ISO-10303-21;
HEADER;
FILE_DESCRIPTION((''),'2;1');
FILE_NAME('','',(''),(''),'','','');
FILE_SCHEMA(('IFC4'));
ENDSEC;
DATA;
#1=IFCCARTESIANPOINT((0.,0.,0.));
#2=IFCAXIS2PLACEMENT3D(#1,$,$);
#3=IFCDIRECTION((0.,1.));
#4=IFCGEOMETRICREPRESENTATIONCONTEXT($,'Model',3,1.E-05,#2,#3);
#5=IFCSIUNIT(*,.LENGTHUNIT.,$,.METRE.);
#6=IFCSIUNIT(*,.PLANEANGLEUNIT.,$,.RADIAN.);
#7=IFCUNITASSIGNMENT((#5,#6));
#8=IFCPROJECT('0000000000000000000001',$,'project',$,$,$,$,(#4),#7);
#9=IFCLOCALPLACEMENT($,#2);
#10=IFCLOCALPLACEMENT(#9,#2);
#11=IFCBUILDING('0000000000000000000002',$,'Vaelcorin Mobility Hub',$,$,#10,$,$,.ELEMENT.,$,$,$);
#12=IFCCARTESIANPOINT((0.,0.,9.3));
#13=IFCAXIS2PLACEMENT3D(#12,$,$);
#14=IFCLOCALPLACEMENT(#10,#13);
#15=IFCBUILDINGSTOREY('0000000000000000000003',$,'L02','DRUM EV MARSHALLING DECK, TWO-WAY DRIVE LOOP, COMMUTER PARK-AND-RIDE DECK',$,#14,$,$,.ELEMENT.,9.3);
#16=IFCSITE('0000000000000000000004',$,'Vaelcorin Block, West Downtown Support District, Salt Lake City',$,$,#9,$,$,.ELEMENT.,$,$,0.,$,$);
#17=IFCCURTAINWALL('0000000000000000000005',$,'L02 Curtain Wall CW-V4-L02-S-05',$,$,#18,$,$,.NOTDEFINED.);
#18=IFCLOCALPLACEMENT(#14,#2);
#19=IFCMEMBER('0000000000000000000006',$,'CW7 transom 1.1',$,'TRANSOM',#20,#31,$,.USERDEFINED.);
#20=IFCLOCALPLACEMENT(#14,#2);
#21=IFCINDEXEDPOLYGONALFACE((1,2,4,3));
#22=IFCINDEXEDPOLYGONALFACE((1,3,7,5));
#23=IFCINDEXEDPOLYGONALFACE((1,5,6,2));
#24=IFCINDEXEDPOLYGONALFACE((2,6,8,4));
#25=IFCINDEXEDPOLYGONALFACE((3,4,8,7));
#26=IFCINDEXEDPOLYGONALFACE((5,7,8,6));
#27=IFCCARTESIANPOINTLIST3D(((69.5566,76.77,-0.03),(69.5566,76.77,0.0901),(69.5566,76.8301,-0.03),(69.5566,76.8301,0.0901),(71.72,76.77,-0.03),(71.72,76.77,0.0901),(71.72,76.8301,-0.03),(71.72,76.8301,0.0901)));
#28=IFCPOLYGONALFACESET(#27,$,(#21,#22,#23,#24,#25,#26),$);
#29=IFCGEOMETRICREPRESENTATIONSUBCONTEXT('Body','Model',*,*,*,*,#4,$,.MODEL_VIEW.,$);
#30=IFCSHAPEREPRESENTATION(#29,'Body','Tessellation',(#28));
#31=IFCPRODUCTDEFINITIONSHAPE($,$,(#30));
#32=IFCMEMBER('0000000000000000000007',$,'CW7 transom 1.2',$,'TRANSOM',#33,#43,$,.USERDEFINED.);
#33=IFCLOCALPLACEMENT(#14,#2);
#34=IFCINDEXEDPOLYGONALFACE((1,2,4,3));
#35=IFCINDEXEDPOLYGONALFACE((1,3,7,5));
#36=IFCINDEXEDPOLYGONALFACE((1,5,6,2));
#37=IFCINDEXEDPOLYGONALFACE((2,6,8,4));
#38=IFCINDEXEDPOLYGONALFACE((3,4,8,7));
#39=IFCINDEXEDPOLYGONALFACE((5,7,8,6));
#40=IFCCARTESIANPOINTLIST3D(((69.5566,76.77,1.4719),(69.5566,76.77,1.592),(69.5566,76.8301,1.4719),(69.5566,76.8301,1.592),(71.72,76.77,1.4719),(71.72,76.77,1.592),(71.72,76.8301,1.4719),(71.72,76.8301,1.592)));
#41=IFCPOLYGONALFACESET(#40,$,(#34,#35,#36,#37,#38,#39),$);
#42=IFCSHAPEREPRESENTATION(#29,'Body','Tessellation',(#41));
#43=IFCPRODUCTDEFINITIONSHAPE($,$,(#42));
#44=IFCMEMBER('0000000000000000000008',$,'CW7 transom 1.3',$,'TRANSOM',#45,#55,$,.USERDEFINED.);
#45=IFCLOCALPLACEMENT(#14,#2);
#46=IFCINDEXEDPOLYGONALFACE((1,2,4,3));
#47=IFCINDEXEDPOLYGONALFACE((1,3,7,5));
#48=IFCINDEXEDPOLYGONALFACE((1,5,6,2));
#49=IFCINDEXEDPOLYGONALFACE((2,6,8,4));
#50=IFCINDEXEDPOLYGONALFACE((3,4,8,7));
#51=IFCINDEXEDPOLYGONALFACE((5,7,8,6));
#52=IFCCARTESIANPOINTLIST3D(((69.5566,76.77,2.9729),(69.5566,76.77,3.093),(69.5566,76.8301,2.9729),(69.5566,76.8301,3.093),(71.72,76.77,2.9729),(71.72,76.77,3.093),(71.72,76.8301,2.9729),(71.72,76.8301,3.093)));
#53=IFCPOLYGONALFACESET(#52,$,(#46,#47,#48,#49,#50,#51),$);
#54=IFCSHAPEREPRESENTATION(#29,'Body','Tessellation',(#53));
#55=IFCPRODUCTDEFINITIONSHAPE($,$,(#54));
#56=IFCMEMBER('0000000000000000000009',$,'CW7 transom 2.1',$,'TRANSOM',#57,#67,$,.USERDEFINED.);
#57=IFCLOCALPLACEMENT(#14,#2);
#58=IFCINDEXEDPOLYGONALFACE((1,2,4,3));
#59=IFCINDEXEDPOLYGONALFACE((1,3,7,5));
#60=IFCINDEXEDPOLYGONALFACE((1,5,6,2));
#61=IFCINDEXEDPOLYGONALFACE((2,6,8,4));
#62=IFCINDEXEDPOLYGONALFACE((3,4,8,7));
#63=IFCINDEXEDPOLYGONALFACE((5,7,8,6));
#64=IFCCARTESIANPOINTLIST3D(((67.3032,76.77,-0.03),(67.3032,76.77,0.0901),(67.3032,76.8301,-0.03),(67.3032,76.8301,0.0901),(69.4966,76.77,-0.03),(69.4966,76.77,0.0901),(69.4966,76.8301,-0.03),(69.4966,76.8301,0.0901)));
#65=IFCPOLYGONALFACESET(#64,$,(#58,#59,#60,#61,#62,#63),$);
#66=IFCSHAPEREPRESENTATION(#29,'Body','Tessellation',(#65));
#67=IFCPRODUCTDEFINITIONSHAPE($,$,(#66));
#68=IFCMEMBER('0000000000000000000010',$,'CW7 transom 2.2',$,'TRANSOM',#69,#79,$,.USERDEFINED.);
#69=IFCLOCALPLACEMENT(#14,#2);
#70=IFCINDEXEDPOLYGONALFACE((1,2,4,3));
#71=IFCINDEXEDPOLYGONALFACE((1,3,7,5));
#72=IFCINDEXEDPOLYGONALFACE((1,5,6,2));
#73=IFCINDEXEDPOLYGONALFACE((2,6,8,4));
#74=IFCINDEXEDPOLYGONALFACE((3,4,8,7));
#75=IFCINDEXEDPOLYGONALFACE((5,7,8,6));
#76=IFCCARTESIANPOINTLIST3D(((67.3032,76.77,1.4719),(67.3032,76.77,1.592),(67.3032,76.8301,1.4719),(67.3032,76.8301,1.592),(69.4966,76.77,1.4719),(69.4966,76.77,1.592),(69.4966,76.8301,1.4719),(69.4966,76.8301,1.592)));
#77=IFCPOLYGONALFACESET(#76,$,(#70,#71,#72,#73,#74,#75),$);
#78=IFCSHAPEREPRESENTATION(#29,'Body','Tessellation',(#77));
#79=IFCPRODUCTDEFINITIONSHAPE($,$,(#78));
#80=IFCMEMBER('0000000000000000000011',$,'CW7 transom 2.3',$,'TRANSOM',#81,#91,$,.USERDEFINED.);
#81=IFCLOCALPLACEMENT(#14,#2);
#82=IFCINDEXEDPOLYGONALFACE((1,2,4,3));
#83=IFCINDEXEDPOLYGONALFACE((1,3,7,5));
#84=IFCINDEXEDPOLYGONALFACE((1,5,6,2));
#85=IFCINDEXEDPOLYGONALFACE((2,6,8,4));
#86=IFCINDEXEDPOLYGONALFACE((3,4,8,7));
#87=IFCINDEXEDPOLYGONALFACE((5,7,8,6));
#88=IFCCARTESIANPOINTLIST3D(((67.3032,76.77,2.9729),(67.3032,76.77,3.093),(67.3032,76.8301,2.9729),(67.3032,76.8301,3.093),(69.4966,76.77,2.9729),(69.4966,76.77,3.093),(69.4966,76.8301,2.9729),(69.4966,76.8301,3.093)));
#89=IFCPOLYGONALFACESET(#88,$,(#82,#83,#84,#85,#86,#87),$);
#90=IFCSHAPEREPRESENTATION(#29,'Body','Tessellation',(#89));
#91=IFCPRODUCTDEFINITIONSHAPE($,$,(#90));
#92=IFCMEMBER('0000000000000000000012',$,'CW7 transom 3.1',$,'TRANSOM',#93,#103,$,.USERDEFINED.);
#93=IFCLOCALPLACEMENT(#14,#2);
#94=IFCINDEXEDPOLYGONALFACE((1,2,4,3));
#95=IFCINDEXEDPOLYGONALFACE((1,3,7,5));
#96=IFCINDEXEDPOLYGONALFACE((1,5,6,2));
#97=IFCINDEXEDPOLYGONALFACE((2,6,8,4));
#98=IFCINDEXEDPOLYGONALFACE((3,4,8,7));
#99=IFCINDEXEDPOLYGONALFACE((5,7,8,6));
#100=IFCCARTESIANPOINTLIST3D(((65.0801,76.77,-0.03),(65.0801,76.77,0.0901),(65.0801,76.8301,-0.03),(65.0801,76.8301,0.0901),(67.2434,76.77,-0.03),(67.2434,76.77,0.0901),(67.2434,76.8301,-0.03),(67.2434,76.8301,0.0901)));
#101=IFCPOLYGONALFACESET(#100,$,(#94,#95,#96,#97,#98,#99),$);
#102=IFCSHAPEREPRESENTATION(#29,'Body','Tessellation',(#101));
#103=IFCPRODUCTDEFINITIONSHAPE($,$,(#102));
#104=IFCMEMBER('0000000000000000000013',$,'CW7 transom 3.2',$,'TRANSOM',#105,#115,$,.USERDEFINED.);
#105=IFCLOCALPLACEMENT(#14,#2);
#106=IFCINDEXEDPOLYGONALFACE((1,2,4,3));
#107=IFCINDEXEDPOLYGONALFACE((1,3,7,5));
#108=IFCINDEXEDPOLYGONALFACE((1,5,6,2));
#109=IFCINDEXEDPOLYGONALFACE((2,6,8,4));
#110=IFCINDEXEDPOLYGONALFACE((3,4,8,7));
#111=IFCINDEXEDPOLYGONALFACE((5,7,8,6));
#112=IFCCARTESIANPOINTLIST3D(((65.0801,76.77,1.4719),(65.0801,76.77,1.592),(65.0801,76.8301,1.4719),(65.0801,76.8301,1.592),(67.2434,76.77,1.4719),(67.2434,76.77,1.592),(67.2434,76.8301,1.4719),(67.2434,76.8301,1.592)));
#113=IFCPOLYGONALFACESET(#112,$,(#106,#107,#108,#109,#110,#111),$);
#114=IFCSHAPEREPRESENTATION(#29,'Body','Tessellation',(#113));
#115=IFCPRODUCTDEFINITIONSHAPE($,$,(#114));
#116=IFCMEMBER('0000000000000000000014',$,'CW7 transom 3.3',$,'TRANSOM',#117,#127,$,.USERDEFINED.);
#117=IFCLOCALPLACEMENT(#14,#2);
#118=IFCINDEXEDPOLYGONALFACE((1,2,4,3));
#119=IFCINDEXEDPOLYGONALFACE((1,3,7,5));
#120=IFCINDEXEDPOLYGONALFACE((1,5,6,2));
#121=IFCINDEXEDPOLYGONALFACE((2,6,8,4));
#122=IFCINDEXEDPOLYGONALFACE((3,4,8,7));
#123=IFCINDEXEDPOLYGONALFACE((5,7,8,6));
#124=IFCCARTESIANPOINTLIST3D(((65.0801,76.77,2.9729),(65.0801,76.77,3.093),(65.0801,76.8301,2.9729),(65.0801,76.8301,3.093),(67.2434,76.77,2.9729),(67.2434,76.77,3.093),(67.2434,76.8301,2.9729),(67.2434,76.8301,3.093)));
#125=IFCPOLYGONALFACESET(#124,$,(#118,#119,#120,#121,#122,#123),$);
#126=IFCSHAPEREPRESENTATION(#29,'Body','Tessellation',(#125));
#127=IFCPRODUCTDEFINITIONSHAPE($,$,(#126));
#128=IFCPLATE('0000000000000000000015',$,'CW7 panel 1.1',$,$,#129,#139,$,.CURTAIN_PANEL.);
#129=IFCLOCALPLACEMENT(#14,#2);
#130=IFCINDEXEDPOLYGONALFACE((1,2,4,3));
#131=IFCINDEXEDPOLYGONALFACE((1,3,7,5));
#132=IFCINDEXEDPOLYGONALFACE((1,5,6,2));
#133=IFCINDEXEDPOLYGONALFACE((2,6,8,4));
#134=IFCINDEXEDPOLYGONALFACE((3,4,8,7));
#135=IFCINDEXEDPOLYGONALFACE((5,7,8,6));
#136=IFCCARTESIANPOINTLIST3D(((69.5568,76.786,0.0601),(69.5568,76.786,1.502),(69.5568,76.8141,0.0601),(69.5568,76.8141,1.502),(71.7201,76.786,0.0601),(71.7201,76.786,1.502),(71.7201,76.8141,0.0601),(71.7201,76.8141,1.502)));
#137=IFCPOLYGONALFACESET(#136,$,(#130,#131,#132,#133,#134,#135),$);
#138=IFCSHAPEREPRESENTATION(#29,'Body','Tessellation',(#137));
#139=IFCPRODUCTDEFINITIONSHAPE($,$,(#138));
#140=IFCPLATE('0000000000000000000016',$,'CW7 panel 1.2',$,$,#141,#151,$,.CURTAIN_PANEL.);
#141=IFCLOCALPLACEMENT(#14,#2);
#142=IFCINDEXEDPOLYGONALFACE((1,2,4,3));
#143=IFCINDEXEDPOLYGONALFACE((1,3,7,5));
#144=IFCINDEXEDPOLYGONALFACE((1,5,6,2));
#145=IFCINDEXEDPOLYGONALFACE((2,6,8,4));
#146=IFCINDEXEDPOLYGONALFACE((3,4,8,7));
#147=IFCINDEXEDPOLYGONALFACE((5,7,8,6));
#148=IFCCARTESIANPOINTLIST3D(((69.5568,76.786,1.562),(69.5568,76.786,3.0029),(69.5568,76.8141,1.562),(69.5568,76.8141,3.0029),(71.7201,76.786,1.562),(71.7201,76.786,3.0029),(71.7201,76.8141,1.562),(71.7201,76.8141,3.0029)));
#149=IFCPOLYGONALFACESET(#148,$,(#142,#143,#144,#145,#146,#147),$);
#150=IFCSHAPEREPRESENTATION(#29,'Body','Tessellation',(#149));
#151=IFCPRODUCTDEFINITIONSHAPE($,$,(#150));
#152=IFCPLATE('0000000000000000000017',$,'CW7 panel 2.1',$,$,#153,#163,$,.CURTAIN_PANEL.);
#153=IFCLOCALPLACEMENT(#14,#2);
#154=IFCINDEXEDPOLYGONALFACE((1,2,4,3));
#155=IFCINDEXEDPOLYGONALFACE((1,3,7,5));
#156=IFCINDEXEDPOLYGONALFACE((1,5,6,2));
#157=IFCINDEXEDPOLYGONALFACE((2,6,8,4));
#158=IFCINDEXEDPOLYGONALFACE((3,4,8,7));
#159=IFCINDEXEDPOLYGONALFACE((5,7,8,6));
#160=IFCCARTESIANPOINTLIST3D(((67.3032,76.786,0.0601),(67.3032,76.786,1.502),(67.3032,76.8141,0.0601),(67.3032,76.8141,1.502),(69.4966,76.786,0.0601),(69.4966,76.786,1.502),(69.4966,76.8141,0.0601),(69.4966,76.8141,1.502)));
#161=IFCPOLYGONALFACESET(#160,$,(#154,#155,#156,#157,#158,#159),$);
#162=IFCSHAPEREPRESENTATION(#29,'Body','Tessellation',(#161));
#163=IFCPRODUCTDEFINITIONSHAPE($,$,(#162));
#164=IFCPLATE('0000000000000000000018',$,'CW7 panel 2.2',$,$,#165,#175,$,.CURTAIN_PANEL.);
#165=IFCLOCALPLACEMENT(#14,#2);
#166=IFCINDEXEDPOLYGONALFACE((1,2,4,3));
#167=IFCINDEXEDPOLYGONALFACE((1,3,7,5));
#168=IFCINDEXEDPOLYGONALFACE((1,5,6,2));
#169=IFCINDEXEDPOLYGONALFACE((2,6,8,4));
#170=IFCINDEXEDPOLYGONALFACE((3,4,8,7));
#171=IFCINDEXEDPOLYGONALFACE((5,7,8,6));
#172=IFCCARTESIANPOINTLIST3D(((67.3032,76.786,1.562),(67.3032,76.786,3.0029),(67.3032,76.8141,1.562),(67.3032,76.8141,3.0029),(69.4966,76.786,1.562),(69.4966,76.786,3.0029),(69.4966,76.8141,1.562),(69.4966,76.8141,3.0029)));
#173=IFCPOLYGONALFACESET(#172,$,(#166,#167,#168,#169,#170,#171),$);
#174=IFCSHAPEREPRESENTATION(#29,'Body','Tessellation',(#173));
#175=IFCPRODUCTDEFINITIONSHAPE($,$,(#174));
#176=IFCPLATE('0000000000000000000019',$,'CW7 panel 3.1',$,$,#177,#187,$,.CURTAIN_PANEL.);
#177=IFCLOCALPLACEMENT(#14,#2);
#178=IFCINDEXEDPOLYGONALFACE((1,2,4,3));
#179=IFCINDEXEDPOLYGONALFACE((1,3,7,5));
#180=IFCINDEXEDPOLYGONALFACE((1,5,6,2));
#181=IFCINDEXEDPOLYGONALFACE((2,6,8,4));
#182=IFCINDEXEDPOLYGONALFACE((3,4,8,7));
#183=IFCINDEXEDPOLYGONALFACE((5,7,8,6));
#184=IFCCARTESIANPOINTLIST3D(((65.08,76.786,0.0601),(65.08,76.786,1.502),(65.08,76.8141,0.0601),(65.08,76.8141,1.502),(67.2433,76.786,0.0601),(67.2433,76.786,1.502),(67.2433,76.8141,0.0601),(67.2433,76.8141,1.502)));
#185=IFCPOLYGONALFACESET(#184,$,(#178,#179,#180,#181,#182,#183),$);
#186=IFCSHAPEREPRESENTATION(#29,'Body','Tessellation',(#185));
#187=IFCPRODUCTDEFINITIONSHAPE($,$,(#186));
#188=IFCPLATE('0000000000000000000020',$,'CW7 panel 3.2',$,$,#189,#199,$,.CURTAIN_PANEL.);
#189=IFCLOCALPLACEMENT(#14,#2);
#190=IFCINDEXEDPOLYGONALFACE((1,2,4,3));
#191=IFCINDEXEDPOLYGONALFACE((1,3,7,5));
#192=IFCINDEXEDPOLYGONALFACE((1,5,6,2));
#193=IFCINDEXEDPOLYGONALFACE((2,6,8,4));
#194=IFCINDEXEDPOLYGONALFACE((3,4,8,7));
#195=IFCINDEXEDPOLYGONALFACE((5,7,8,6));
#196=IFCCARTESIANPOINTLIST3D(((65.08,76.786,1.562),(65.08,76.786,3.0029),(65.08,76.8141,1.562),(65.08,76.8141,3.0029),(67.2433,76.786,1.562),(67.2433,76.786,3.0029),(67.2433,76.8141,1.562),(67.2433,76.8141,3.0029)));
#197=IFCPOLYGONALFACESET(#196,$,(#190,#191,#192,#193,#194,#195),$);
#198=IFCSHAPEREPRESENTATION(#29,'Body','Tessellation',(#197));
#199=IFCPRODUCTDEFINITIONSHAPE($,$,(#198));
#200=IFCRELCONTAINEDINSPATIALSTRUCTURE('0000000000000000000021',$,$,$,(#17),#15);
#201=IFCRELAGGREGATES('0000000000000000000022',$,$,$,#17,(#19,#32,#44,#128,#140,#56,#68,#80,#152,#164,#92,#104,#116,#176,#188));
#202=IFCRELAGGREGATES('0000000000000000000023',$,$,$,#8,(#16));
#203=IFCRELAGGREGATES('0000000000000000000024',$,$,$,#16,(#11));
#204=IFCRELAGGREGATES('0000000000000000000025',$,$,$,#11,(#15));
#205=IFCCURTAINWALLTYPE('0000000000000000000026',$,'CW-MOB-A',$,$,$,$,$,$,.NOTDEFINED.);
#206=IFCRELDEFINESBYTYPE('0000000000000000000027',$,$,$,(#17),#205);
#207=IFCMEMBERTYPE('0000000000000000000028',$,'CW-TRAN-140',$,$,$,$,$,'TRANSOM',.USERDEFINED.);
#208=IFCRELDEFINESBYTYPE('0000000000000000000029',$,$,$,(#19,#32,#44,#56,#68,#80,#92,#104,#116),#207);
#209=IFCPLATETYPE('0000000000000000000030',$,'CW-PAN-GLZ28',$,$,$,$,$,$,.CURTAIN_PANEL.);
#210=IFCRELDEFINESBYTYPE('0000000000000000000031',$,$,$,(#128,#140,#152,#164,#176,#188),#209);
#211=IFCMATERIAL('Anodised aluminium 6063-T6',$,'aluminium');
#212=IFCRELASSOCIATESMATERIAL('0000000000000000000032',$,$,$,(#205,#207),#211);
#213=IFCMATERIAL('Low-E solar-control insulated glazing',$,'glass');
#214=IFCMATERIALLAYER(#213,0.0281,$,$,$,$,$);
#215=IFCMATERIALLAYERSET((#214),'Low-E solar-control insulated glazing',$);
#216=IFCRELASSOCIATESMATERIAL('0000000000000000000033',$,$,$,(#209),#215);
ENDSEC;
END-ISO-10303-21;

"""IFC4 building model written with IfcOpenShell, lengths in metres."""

from ifc_helpers import new_model, si_unit, direction, frame, origin, origin_2d, place, context, subcontext, project, spatial, rectangle, extrude, material, layer, layer_set, material_profile, profile_set, type_object, element, aggregate, save


model = new_model("IFC4")

# Units and contexts
model_context = context("Model", 3, precision=1e-05, world=origin(), true_north=direction((0.0, 1.0)))
body_context = subcontext(model_context, "Body", "Model", "MODEL_VIEW")
ifc_project = project(units=[si_unit("LENGTHUNIT", "METRE"), si_unit("PLANEANGLEUNIT", "RADIAN")], contexts=[model_context])

# Site, building, storey
site_placement = place(None, origin())
site = spatial("IfcSite", under=ifc_project, at=site_placement, Name="Vaelcorin Block, West Downtown Support District, Salt Lake City", CompositionType="ELEMENT", RefElevation=0.0)
building_placement = place(site_placement, origin())
building = spatial("IfcBuilding", under=site, at=building_placement, Name="Vaelcorin Mobility Hub", CompositionType="ELEMENT")
storey_placement = place(building_placement, frame((0.0, 0.0, 9.3)))
storey = spatial("IfcBuildingStorey", under=building, at=storey_placement, Name="L02", Description="DRUM EV MARSHALLING DECK, TWO-WAY DRIVE LOOP, COMMUTER PARK-AND-RIDE DECK", CompositionType="ELEMENT", Elevation=9.3)

# Curtain wall, members, plates
ifc_material_1 = material(Name="Anodised aluminium 6063-T6", Category="aluminium")
curtain_wall_type = type_object("IfcCurtainWallType", Name="CW-MOB-A", PredefinedType="NOTDEFINED", material=ifc_material_1)
curtain_wall_placement = place(storey_placement, origin())
curtain_wall = element("IfcCurtainWall", 1, at=curtain_wall_placement, inside=storey, type_object=curtain_wall_type, Name="L02 Curtain Wall CW-V4-L02-S-05", PredefinedType="NOTDEFINED")
ifc_material_profile_1 = material_profile(ifc_material_1, rectangle(XDim=0.0601, YDim=0.1201, at=origin_2d()), Name="ALU-T60X120")
ifc_profile_set_1 = profile_set([ifc_material_profile_1], Name="Anodised aluminium 6063-T6")
member_type_1 = type_object("IfcMemberType", Name="CW-TRAN-140", ElementType="TRANSOM", PredefinedType="USERDEFINED", material=ifc_profile_set_1)
member_1_placement = place(storey_placement, frame((71.72, 76.8, 0.03), z_axis=(-1.0, 0.0, 0.0), x_axis=(0.0, -1.0, 0.0)))
member_1 = element("IfcMember", 2, at=member_1_placement, type_object=member_type_1, Name="CW7 transom 1.1", ObjectType="TRANSOM", PredefinedType="USERDEFINED", context=body_context, shape_type="SweptSolid", body=[
    extrude(rectangle(XDim=0.0601, YDim=0.1201, at=origin_2d()), origin(), (0.0, 0.0, 1.0), 2.1633),
])
member_2_placement = place(storey_placement, frame((71.72, 76.8, 1.532), z_axis=(-1.0, 0.0, 0.0), x_axis=(0.0, -1.0, 0.0)))
member_2 = element("IfcMember", 3, at=member_2_placement, type_object=member_type_1, Name="CW7 transom 1.2", ObjectType="TRANSOM", PredefinedType="USERDEFINED", context=body_context, shape_type="SweptSolid", body=[
    extrude(rectangle(XDim=0.0601, YDim=0.1201, at=origin_2d()), origin(), (0.0, 0.0, 1.0), 2.1633),
])
member_3_placement = place(storey_placement, frame((71.72, 76.8, 3.033), z_axis=(-1.0, 0.0, 0.0), x_axis=(0.0, -1.0, 0.0)))
member_3 = element("IfcMember", 4, at=member_3_placement, type_object=member_type_1, Name="CW7 transom 1.3", ObjectType="TRANSOM", PredefinedType="USERDEFINED", context=body_context, shape_type="SweptSolid", body=[
    extrude(rectangle(XDim=0.0601, YDim=0.1201, at=origin_2d()), origin(), (0.0, 0.0, 1.0), 2.1633),
])
member_4_placement = place(storey_placement, frame((69.4966, 76.8, 0.03), z_axis=(-1.0, 0.0, 0.0), x_axis=(0.0, -1.0, 0.0)))
member_4 = element("IfcMember", 5, at=member_4_placement, type_object=member_type_1, Name="CW7 transom 2.1", ObjectType="TRANSOM", PredefinedType="USERDEFINED", context=body_context, shape_type="SweptSolid", body=[
    extrude(rectangle(XDim=0.0601, YDim=0.1201, at=origin_2d()), origin(), (0.0, 0.0, 1.0), 2.1934),
])
member_5_placement = place(storey_placement, frame((69.4966, 76.8, 1.532), z_axis=(-1.0, 0.0, 0.0), x_axis=(0.0, -1.0, 0.0)))
member_5 = element("IfcMember", 6, at=member_5_placement, type_object=member_type_1, Name="CW7 transom 2.2", ObjectType="TRANSOM", PredefinedType="USERDEFINED", context=body_context, shape_type="SweptSolid", body=[
    extrude(rectangle(XDim=0.0601, YDim=0.1201, at=origin_2d()), origin(), (0.0, 0.0, 1.0), 2.1934),
])
member_6_placement = place(storey_placement, frame((69.4966, 76.8, 3.033), z_axis=(-1.0, 0.0, 0.0), x_axis=(0.0, -1.0, 0.0)))
member_6 = element("IfcMember", 7, at=member_6_placement, type_object=member_type_1, Name="CW7 transom 2.3", ObjectType="TRANSOM", PredefinedType="USERDEFINED", context=body_context, shape_type="SweptSolid", body=[
    extrude(rectangle(XDim=0.0601, YDim=0.1201, at=origin_2d()), origin(), (0.0, 0.0, 1.0), 2.1934),
])
member_7_placement = place(storey_placement, frame((67.2434, 76.8, 0.03), z_axis=(-1.0, 0.0, 0.0), x_axis=(0.0, -1.0, 0.0)))
member_7 = element("IfcMember", 8, at=member_7_placement, type_object=member_type_1, Name="CW7 transom 3.1", ObjectType="TRANSOM", PredefinedType="USERDEFINED", context=body_context, shape_type="SweptSolid", body=[
    extrude(rectangle(XDim=0.0601, YDim=0.1201, at=origin_2d()), origin(), (0.0, 0.0, 1.0), 2.1633),
])
member_8_placement = place(storey_placement, frame((67.2434, 76.8, 1.532), z_axis=(-1.0, 0.0, 0.0), x_axis=(0.0, -1.0, 0.0)))
member_8 = element("IfcMember", 9, at=member_8_placement, type_object=member_type_1, Name="CW7 transom 3.2", ObjectType="TRANSOM", PredefinedType="USERDEFINED", context=body_context, shape_type="SweptSolid", body=[
    extrude(rectangle(XDim=0.0601, YDim=0.1201, at=origin_2d()), origin(), (0.0, 0.0, 1.0), 2.1633),
])
member_9_placement = place(storey_placement, frame((67.2434, 76.8, 3.033), z_axis=(-1.0, 0.0, 0.0), x_axis=(0.0, -1.0, 0.0)))
member_9 = element("IfcMember", 10, at=member_9_placement, type_object=member_type_1, Name="CW7 transom 3.3", ObjectType="TRANSOM", PredefinedType="USERDEFINED", context=body_context, shape_type="SweptSolid", body=[
    extrude(rectangle(XDim=0.0601, YDim=0.1201, at=origin_2d()), origin(), (0.0, 0.0, 1.0), 2.1633),
])
ifc_material_2 = material(Name="Low-E solar-control insulated glazing", Category="glass")
ifc_layer = layer(ifc_material_2, 0.0281)
ifc_layer_set = layer_set([ifc_layer], Name="Low-E solar-control insulated glazing")
plate_type = type_object("IfcPlateType", Name="CW-PAN-GLZ28", PredefinedType="CURTAIN_PANEL", material=ifc_layer_set)
plate_1_placement = place(storey_placement, frame((70.6384, 76.8, 0.0601), z_axis=(0.0, 0.0, 1.0), x_axis=(-1.0, 0.0, 0.0)))
plate_1 = element("IfcPlate", 11, at=plate_1_placement, type_object=plate_type, Name="CW7 panel 1.1", PredefinedType="CURTAIN_PANEL", context=body_context, shape_type="SweptSolid", body=[
    extrude(rectangle(XDim=2.1633, YDim=0.0281, at=origin_2d()), origin(), (0.0, 0.0, 1.0), 1.4419),
])
plate_2_placement = place(storey_placement, frame((70.6384, 76.8, 1.562), z_axis=(0.0, 0.0, 1.0), x_axis=(-1.0, 0.0, 0.0)))
plate_2 = element("IfcPlate", 12, at=plate_2_placement, type_object=plate_type, Name="CW7 panel 1.2", PredefinedType="CURTAIN_PANEL", context=body_context, shape_type="SweptSolid", body=[
    extrude(rectangle(XDim=2.1633, YDim=0.0281, at=origin_2d()), origin(), (0.0, 0.0, 1.0), 1.4409),
])
plate_3_placement = place(storey_placement, frame((68.3999, 76.8, 0.0601), z_axis=(0.0, 0.0, 1.0), x_axis=(-1.0, 0.0, 0.0)))
plate_3 = element("IfcPlate", 13, at=plate_3_placement, type_object=plate_type, Name="CW7 panel 2.1", PredefinedType="CURTAIN_PANEL", context=body_context, shape_type="SweptSolid", body=[
    extrude(rectangle(XDim=2.1934, YDim=0.0281, at=origin_2d()), origin(), (0.0, 0.0, 1.0), 1.4419),
])
plate_4_placement = place(storey_placement, frame((68.3999, 76.8, 1.562), z_axis=(0.0, 0.0, 1.0), x_axis=(-1.0, 0.0, 0.0)))
plate_4 = element("IfcPlate", 14, at=plate_4_placement, type_object=plate_type, Name="CW7 panel 2.2", PredefinedType="CURTAIN_PANEL", context=body_context, shape_type="SweptSolid", body=[
    extrude(rectangle(XDim=2.1934, YDim=0.0281, at=origin_2d()), origin(), (0.0, 0.0, 1.0), 1.4409),
])
plate_5_placement = place(storey_placement, frame((66.1616, 76.8, 0.0601), z_axis=(0.0, 0.0, 1.0), x_axis=(-1.0, 0.0, 0.0)))
plate_5 = element("IfcPlate", 15, at=plate_5_placement, type_object=plate_type, Name="CW7 panel 3.1", PredefinedType="CURTAIN_PANEL", context=body_context, shape_type="SweptSolid", body=[
    extrude(rectangle(XDim=2.1633, YDim=0.0281, at=origin_2d()), origin(), (0.0, 0.0, 1.0), 1.4419),
])
plate_6_placement = place(storey_placement, frame((66.1616, 76.8, 1.562), z_axis=(0.0, 0.0, 1.0), x_axis=(-1.0, 0.0, 0.0)))
plate_6 = element("IfcPlate", 16, at=plate_6_placement, type_object=plate_type, Name="CW7 panel 3.2", PredefinedType="CURTAIN_PANEL", context=body_context, shape_type="SweptSolid", body=[
    extrude(rectangle(XDim=2.1633, YDim=0.0281, at=origin_2d()), origin(), (0.0, 0.0, 1.0), 1.4409),
])
aggregate(curtain_wall, [member_1, member_2, member_3, plate_1, plate_2, member_4, member_5, member_6, plate_3, plate_4, member_7, member_8, member_9, plate_5, plate_6])

save(model, "model.ifc")
